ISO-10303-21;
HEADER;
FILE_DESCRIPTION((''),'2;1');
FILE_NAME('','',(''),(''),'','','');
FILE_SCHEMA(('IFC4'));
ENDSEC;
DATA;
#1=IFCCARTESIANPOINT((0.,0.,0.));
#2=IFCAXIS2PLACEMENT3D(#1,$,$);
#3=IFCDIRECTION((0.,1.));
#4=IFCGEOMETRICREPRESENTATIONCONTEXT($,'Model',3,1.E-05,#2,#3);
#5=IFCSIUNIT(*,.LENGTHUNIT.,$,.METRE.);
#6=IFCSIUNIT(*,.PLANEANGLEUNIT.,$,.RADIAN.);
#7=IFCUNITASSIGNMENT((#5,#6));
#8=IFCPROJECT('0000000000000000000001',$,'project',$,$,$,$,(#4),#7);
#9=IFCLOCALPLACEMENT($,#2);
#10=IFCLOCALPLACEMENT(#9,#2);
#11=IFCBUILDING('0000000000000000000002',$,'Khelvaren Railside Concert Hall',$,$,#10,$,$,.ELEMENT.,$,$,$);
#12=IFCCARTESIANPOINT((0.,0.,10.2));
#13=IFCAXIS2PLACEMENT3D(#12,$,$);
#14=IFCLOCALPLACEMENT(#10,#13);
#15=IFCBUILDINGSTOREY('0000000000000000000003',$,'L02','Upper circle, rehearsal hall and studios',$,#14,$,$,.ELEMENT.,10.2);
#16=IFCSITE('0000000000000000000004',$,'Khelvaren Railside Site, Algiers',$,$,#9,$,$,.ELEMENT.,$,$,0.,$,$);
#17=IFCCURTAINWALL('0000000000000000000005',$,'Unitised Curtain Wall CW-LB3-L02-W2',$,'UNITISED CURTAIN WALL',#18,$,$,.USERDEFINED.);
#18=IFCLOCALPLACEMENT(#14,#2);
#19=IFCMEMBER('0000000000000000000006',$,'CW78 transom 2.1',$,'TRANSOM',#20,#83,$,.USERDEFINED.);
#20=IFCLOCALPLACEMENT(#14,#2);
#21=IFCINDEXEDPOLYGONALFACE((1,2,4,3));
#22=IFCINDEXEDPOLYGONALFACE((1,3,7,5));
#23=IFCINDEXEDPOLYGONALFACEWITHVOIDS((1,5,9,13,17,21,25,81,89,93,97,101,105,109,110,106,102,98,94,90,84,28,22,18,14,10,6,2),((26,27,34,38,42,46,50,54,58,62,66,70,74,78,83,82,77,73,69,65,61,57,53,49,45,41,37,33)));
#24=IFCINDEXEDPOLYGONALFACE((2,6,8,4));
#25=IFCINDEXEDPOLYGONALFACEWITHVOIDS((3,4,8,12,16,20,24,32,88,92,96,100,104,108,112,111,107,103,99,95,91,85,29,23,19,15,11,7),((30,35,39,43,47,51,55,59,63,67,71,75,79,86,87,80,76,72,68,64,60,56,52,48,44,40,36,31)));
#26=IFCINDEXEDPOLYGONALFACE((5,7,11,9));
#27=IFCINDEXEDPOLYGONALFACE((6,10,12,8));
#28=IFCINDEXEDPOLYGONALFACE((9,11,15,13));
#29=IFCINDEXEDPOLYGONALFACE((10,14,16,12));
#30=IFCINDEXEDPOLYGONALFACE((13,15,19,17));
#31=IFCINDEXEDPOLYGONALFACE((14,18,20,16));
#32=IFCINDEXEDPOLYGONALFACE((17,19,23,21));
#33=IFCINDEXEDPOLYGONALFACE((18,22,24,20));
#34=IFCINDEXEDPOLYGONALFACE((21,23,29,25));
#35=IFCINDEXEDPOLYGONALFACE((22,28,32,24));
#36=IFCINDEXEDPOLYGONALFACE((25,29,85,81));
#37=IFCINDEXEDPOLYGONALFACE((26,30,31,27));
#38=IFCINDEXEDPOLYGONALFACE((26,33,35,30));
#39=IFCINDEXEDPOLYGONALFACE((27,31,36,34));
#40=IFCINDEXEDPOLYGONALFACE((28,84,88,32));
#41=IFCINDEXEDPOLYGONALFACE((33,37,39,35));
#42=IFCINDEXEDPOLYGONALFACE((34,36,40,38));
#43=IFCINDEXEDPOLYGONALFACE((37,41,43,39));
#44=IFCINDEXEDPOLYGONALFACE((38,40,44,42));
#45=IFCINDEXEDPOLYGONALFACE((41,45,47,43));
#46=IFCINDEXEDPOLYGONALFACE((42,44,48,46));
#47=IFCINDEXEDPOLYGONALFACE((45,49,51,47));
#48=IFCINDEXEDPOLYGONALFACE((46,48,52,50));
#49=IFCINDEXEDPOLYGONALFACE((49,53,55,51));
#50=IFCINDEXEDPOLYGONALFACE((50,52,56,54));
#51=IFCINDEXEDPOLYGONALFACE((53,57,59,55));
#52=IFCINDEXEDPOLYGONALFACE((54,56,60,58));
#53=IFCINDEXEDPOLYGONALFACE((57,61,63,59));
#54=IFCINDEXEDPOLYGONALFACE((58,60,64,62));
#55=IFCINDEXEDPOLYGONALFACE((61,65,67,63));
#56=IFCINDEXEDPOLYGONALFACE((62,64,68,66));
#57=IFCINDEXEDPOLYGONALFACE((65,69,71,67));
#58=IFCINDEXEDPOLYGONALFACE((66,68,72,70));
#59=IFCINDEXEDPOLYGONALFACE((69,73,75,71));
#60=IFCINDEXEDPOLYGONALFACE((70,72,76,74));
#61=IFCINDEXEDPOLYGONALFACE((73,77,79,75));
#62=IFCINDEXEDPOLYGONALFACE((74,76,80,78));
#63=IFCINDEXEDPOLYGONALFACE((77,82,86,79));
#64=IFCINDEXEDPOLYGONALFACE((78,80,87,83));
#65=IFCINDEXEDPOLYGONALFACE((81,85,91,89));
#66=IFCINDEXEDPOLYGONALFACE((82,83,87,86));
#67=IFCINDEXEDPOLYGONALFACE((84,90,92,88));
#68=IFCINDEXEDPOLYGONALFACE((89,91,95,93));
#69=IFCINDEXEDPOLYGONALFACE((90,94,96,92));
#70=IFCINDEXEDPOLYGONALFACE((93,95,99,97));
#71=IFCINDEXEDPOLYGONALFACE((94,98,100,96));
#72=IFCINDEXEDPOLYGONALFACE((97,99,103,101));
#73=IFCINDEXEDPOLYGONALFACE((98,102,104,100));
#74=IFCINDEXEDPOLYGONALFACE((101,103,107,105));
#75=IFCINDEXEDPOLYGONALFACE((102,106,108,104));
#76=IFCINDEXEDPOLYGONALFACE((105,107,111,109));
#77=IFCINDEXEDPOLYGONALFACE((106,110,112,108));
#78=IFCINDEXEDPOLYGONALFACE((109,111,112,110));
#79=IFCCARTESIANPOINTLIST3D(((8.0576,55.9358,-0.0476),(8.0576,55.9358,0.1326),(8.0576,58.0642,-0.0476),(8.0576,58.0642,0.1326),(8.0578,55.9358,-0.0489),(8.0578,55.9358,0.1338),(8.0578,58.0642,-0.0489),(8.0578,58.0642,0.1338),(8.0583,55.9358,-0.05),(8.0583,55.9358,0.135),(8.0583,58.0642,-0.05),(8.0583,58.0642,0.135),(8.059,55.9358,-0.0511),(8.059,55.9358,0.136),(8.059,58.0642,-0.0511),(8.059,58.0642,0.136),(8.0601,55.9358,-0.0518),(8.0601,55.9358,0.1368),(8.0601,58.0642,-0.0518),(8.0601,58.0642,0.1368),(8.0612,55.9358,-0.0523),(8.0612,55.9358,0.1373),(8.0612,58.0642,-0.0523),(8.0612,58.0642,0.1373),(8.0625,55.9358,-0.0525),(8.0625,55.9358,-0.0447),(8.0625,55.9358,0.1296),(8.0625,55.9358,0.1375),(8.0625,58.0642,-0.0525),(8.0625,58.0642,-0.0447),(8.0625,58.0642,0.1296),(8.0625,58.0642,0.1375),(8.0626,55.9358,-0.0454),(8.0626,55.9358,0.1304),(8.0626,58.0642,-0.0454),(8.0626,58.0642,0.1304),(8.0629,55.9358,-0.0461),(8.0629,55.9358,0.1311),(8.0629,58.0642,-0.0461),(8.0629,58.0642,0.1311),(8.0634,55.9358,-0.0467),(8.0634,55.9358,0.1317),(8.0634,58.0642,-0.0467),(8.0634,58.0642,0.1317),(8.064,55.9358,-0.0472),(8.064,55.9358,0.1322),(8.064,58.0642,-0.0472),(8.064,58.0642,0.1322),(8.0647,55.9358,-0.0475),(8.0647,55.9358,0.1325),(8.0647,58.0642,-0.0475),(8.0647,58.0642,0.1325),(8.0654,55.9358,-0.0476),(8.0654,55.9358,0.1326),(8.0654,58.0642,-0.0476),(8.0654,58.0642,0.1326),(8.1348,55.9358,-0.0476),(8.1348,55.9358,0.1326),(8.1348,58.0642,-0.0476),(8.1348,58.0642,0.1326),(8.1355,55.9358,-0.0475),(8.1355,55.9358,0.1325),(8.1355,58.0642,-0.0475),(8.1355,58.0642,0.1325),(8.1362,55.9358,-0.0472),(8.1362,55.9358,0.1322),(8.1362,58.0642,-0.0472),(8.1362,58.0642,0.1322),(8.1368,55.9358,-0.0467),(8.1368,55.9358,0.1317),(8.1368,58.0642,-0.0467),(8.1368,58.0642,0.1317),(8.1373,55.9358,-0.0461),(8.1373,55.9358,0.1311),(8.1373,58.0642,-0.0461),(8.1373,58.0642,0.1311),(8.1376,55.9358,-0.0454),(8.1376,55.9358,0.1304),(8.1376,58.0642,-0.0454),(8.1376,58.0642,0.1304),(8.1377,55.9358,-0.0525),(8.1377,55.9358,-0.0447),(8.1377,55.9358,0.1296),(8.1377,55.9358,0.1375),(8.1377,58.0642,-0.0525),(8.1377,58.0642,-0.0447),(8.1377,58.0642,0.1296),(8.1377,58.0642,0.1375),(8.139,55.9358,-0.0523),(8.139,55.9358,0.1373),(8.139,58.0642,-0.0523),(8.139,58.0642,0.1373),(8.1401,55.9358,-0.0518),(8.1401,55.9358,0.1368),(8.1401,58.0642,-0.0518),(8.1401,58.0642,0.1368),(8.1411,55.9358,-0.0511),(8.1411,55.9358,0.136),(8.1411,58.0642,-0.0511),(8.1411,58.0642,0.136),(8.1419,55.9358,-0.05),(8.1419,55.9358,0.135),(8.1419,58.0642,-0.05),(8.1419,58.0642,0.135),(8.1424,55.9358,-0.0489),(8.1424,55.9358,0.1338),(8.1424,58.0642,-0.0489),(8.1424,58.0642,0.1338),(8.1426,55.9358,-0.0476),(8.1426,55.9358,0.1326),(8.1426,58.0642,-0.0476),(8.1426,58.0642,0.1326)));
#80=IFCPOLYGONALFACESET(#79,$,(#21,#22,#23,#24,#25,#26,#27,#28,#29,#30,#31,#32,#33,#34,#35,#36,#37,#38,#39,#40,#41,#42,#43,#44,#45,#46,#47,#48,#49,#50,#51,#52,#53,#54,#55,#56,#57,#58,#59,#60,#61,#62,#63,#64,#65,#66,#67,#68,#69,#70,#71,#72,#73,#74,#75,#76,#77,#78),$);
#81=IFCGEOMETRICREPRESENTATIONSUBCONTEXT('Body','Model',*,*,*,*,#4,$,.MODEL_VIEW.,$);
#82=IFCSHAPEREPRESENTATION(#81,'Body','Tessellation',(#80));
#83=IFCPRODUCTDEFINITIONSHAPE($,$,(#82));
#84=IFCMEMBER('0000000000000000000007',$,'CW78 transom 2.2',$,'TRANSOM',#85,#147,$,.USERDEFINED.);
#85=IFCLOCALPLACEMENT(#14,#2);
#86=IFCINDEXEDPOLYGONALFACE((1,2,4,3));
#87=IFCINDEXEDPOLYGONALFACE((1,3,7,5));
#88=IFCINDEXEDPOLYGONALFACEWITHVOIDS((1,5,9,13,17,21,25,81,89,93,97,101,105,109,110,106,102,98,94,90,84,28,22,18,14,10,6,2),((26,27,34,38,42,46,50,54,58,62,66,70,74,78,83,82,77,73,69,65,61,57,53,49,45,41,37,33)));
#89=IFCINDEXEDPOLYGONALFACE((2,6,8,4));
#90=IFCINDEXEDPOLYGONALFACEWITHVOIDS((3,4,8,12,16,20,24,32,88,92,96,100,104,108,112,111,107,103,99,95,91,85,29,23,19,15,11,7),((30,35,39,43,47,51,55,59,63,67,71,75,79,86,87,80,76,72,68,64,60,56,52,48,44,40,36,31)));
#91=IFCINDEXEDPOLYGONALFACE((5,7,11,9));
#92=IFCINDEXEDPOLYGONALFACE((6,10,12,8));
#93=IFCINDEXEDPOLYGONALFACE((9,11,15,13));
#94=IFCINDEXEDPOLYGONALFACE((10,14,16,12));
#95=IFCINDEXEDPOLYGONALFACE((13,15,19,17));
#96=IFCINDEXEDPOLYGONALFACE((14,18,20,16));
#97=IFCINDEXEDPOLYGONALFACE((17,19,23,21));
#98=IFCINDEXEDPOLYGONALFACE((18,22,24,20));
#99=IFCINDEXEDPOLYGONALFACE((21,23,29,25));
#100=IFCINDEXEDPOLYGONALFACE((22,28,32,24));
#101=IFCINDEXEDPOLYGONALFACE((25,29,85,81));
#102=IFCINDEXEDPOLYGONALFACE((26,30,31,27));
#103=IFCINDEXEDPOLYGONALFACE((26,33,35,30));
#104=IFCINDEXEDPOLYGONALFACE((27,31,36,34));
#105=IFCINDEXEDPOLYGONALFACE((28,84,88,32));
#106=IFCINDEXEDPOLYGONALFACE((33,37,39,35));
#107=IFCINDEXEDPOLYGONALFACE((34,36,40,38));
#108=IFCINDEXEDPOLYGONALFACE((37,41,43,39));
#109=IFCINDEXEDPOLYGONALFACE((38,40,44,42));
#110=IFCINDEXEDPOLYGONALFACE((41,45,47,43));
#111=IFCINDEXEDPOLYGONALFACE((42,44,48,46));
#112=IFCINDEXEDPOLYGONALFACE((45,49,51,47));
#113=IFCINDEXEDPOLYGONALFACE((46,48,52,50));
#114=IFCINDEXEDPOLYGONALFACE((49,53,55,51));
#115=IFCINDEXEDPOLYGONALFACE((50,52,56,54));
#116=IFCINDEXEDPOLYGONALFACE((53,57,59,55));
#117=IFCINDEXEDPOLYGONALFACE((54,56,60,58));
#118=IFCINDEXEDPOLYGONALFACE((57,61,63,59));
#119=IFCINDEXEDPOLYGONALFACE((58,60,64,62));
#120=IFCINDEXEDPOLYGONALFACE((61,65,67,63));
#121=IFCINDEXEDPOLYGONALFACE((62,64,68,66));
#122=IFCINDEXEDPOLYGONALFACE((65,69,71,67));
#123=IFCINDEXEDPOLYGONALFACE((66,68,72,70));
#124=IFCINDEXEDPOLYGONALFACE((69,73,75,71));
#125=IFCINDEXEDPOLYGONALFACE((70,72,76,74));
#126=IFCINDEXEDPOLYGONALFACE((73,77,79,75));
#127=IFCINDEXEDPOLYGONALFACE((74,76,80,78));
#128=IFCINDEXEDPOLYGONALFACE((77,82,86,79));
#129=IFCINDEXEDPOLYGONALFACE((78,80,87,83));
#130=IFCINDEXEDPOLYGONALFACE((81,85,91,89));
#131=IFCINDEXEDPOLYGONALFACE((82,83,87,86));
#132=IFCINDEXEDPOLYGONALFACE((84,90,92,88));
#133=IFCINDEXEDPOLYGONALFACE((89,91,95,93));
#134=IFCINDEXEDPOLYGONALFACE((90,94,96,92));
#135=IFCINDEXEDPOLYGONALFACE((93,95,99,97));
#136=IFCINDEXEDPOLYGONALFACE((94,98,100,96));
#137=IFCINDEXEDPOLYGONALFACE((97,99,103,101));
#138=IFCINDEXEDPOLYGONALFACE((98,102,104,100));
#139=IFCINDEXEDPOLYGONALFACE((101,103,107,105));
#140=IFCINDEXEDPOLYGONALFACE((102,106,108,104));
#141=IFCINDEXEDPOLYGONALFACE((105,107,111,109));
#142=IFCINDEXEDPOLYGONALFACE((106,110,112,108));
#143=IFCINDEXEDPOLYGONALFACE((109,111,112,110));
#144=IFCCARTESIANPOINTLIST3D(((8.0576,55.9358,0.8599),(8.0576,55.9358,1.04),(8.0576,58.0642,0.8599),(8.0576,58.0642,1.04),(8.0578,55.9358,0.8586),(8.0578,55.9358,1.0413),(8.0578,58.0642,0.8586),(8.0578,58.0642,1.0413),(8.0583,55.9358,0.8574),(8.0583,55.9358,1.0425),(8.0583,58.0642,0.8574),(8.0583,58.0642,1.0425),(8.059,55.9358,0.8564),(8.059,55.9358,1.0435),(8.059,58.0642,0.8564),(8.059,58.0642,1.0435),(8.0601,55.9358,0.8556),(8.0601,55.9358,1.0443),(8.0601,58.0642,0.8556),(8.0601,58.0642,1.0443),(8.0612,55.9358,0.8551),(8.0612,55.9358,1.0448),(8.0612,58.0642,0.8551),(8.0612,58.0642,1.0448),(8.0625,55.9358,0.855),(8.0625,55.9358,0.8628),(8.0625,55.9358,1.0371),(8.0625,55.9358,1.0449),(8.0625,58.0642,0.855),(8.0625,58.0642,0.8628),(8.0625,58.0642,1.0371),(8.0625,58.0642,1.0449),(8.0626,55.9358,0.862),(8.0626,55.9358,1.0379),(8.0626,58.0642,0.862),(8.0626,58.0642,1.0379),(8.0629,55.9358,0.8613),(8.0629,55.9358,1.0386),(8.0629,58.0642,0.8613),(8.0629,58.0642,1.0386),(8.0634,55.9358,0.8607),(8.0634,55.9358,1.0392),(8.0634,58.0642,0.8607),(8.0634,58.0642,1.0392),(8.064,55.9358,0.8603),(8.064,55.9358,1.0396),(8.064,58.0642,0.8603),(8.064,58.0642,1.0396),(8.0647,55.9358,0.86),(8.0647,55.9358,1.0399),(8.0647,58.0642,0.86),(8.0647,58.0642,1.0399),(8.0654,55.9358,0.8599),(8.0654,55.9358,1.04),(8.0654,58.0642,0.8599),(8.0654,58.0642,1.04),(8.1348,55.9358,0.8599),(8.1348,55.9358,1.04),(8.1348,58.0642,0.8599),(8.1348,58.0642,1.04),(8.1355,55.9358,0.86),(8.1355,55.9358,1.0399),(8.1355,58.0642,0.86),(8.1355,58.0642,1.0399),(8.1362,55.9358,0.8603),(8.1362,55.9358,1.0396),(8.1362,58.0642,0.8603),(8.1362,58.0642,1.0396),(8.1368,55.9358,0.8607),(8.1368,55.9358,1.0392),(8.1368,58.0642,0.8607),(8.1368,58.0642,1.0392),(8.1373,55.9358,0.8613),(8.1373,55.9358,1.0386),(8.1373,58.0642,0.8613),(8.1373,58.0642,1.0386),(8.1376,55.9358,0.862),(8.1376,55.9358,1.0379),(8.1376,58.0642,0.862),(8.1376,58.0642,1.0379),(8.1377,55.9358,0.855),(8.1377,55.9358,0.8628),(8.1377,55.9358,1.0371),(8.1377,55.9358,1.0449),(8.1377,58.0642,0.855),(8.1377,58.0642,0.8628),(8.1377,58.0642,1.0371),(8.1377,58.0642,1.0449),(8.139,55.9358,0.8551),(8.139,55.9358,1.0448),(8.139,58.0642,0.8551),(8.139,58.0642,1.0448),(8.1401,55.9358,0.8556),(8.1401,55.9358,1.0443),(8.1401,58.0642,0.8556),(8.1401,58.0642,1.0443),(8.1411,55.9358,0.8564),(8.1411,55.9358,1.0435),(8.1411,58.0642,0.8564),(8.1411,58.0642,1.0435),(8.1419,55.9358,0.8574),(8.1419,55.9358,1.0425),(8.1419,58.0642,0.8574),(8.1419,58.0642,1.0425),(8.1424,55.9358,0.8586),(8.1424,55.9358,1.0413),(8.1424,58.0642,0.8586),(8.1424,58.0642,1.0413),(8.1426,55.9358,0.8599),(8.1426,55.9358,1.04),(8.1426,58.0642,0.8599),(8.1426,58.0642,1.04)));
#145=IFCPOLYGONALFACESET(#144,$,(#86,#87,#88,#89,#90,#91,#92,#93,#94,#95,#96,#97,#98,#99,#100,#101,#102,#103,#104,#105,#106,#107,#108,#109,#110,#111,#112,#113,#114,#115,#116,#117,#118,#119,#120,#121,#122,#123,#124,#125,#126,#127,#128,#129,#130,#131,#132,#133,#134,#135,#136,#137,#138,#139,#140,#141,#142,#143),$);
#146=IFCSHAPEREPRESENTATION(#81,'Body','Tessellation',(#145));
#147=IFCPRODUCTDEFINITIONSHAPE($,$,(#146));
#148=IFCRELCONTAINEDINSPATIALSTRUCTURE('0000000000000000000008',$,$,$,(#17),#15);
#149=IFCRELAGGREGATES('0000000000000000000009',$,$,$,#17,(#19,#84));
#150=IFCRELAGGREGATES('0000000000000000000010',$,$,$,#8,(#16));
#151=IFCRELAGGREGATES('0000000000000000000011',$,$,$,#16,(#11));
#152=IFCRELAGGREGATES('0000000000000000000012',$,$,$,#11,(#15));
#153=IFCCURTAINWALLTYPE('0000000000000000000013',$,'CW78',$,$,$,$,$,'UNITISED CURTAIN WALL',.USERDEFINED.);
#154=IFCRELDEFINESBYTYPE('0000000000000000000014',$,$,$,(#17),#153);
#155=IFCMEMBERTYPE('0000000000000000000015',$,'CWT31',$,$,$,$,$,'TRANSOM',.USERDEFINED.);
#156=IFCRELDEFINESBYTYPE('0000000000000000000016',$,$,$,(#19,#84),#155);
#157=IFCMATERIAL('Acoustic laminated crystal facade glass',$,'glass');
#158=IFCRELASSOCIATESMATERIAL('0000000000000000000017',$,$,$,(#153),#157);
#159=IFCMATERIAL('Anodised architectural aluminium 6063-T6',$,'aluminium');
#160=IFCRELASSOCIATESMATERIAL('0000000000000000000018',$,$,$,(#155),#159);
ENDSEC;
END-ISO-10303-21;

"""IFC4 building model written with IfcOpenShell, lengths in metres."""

from ifc_helpers import new_model, si_unit, direction, frame, origin, origin_2d, place, context, subcontext, project, spatial, hollow_rectangle, extrude, material, material_profile, profile_set, type_object, element, aggregate, save


model = new_model("IFC4")

# Units and contexts
model_context = context("Model", 3, precision=1e-05, world=origin(), true_north=direction((0.0, 1.0)))
body_context = subcontext(model_context, "Body", "Model", "MODEL_VIEW")
ifc_project = project(units=[si_unit("LENGTHUNIT", "METRE"), si_unit("PLANEANGLEUNIT", "RADIAN")], contexts=[model_context])

# Site, building, storey
site_placement = place(None, origin())
site = spatial("IfcSite", under=ifc_project, at=site_placement, Name="Khelvaren Railside Site, Algiers", CompositionType="ELEMENT", RefElevation=0.0)
building_placement = place(site_placement, origin())
building = spatial("IfcBuilding", under=site, at=building_placement, Name="Khelvaren Railside Concert Hall", CompositionType="ELEMENT")
storey_placement = place(building_placement, frame((0.0, 0.0, 10.2)))
storey = spatial("IfcBuildingStorey", under=building, at=storey_placement, Name="L02", Description="Upper circle, rehearsal hall and studios", CompositionType="ELEMENT", Elevation=10.2)

# Curtain wall
ifc_material_1 = material(Name="Acoustic laminated crystal facade glass", Category="glass")
curtain_wall_type = type_object("IfcCurtainWallType", Name="CW78", ElementType="UNITISED CURTAIN WALL", PredefinedType="USERDEFINED", material=ifc_material_1)
ifc_material_2 = material(Name="Anodised architectural aluminium 6063-T6", Category="aluminium")
curtain_wall_1_placement = place(storey_placement, origin())
curtain_wall_1 = element("IfcCurtainWall", 1, at=curtain_wall_1_placement, inside=storey, type_object=curtain_wall_type, Name="Unitised Curtain Wall CW-LB3-L02-W2", ObjectType="UNITISED CURTAIN WALL", PredefinedType="USERDEFINED")

# Members
ifc_material_profile_1 = material_profile(ifc_material_2, hollow_rectangle(XDim=0.085, YDim=0.1899, WallThickness=0.0049, InnerFilletRadius=0.0029, OuterFilletRadius=0.0049, at=origin_2d()), Name="CWT 85x190x5")
ifc_profile_set_1 = profile_set([ifc_material_profile_1], Name="Anodised architectural aluminium 6063-T6")
member_type_1 = type_object("IfcMemberType", Name="CWT31", ElementType="TRANSOM", PredefinedType="USERDEFINED", material=ifc_profile_set_1)
member_1_placement = place(storey_placement, frame((8.1001, 55.9358, 0.0425), z_axis=(0.0, 1.0, 0.0), x_axis=(-1.0, 0.0, 0.0)))
member_1 = element("IfcMember", 2, at=member_1_placement, type_object=member_type_1, Name="CW78 transom 2.1", ObjectType="TRANSOM", PredefinedType="USERDEFINED", context=body_context, shape_type="SweptSolid", body=[
    extrude(hollow_rectangle(XDim=0.085, YDim=0.1899, WallThickness=0.0049, InnerFilletRadius=0.0029, OuterFilletRadius=0.0049, at=origin_2d()), origin(), (0.0, 0.0, 1.0), 2.1284),
])
member_2_placement = place(storey_placement, frame((8.1001, 55.9358, 0.95), z_axis=(0.0, 1.0, 0.0), x_axis=(-1.0, 0.0, 0.0)))
member_2 = element("IfcMember", 3, at=member_2_placement, type_object=member_type_1, Name="CW78 transom 2.2", ObjectType="TRANSOM", PredefinedType="USERDEFINED", context=body_context, shape_type="SweptSolid", body=[
    extrude(hollow_rectangle(XDim=0.085, YDim=0.1899, WallThickness=0.0049, InnerFilletRadius=0.0029, OuterFilletRadius=0.0049, at=origin_2d()), origin(), (0.0, 0.0, 1.0), 2.1284),
])

aggregate(curtain_wall_1, [member_1, member_2])

save(model, "model.ifc")
